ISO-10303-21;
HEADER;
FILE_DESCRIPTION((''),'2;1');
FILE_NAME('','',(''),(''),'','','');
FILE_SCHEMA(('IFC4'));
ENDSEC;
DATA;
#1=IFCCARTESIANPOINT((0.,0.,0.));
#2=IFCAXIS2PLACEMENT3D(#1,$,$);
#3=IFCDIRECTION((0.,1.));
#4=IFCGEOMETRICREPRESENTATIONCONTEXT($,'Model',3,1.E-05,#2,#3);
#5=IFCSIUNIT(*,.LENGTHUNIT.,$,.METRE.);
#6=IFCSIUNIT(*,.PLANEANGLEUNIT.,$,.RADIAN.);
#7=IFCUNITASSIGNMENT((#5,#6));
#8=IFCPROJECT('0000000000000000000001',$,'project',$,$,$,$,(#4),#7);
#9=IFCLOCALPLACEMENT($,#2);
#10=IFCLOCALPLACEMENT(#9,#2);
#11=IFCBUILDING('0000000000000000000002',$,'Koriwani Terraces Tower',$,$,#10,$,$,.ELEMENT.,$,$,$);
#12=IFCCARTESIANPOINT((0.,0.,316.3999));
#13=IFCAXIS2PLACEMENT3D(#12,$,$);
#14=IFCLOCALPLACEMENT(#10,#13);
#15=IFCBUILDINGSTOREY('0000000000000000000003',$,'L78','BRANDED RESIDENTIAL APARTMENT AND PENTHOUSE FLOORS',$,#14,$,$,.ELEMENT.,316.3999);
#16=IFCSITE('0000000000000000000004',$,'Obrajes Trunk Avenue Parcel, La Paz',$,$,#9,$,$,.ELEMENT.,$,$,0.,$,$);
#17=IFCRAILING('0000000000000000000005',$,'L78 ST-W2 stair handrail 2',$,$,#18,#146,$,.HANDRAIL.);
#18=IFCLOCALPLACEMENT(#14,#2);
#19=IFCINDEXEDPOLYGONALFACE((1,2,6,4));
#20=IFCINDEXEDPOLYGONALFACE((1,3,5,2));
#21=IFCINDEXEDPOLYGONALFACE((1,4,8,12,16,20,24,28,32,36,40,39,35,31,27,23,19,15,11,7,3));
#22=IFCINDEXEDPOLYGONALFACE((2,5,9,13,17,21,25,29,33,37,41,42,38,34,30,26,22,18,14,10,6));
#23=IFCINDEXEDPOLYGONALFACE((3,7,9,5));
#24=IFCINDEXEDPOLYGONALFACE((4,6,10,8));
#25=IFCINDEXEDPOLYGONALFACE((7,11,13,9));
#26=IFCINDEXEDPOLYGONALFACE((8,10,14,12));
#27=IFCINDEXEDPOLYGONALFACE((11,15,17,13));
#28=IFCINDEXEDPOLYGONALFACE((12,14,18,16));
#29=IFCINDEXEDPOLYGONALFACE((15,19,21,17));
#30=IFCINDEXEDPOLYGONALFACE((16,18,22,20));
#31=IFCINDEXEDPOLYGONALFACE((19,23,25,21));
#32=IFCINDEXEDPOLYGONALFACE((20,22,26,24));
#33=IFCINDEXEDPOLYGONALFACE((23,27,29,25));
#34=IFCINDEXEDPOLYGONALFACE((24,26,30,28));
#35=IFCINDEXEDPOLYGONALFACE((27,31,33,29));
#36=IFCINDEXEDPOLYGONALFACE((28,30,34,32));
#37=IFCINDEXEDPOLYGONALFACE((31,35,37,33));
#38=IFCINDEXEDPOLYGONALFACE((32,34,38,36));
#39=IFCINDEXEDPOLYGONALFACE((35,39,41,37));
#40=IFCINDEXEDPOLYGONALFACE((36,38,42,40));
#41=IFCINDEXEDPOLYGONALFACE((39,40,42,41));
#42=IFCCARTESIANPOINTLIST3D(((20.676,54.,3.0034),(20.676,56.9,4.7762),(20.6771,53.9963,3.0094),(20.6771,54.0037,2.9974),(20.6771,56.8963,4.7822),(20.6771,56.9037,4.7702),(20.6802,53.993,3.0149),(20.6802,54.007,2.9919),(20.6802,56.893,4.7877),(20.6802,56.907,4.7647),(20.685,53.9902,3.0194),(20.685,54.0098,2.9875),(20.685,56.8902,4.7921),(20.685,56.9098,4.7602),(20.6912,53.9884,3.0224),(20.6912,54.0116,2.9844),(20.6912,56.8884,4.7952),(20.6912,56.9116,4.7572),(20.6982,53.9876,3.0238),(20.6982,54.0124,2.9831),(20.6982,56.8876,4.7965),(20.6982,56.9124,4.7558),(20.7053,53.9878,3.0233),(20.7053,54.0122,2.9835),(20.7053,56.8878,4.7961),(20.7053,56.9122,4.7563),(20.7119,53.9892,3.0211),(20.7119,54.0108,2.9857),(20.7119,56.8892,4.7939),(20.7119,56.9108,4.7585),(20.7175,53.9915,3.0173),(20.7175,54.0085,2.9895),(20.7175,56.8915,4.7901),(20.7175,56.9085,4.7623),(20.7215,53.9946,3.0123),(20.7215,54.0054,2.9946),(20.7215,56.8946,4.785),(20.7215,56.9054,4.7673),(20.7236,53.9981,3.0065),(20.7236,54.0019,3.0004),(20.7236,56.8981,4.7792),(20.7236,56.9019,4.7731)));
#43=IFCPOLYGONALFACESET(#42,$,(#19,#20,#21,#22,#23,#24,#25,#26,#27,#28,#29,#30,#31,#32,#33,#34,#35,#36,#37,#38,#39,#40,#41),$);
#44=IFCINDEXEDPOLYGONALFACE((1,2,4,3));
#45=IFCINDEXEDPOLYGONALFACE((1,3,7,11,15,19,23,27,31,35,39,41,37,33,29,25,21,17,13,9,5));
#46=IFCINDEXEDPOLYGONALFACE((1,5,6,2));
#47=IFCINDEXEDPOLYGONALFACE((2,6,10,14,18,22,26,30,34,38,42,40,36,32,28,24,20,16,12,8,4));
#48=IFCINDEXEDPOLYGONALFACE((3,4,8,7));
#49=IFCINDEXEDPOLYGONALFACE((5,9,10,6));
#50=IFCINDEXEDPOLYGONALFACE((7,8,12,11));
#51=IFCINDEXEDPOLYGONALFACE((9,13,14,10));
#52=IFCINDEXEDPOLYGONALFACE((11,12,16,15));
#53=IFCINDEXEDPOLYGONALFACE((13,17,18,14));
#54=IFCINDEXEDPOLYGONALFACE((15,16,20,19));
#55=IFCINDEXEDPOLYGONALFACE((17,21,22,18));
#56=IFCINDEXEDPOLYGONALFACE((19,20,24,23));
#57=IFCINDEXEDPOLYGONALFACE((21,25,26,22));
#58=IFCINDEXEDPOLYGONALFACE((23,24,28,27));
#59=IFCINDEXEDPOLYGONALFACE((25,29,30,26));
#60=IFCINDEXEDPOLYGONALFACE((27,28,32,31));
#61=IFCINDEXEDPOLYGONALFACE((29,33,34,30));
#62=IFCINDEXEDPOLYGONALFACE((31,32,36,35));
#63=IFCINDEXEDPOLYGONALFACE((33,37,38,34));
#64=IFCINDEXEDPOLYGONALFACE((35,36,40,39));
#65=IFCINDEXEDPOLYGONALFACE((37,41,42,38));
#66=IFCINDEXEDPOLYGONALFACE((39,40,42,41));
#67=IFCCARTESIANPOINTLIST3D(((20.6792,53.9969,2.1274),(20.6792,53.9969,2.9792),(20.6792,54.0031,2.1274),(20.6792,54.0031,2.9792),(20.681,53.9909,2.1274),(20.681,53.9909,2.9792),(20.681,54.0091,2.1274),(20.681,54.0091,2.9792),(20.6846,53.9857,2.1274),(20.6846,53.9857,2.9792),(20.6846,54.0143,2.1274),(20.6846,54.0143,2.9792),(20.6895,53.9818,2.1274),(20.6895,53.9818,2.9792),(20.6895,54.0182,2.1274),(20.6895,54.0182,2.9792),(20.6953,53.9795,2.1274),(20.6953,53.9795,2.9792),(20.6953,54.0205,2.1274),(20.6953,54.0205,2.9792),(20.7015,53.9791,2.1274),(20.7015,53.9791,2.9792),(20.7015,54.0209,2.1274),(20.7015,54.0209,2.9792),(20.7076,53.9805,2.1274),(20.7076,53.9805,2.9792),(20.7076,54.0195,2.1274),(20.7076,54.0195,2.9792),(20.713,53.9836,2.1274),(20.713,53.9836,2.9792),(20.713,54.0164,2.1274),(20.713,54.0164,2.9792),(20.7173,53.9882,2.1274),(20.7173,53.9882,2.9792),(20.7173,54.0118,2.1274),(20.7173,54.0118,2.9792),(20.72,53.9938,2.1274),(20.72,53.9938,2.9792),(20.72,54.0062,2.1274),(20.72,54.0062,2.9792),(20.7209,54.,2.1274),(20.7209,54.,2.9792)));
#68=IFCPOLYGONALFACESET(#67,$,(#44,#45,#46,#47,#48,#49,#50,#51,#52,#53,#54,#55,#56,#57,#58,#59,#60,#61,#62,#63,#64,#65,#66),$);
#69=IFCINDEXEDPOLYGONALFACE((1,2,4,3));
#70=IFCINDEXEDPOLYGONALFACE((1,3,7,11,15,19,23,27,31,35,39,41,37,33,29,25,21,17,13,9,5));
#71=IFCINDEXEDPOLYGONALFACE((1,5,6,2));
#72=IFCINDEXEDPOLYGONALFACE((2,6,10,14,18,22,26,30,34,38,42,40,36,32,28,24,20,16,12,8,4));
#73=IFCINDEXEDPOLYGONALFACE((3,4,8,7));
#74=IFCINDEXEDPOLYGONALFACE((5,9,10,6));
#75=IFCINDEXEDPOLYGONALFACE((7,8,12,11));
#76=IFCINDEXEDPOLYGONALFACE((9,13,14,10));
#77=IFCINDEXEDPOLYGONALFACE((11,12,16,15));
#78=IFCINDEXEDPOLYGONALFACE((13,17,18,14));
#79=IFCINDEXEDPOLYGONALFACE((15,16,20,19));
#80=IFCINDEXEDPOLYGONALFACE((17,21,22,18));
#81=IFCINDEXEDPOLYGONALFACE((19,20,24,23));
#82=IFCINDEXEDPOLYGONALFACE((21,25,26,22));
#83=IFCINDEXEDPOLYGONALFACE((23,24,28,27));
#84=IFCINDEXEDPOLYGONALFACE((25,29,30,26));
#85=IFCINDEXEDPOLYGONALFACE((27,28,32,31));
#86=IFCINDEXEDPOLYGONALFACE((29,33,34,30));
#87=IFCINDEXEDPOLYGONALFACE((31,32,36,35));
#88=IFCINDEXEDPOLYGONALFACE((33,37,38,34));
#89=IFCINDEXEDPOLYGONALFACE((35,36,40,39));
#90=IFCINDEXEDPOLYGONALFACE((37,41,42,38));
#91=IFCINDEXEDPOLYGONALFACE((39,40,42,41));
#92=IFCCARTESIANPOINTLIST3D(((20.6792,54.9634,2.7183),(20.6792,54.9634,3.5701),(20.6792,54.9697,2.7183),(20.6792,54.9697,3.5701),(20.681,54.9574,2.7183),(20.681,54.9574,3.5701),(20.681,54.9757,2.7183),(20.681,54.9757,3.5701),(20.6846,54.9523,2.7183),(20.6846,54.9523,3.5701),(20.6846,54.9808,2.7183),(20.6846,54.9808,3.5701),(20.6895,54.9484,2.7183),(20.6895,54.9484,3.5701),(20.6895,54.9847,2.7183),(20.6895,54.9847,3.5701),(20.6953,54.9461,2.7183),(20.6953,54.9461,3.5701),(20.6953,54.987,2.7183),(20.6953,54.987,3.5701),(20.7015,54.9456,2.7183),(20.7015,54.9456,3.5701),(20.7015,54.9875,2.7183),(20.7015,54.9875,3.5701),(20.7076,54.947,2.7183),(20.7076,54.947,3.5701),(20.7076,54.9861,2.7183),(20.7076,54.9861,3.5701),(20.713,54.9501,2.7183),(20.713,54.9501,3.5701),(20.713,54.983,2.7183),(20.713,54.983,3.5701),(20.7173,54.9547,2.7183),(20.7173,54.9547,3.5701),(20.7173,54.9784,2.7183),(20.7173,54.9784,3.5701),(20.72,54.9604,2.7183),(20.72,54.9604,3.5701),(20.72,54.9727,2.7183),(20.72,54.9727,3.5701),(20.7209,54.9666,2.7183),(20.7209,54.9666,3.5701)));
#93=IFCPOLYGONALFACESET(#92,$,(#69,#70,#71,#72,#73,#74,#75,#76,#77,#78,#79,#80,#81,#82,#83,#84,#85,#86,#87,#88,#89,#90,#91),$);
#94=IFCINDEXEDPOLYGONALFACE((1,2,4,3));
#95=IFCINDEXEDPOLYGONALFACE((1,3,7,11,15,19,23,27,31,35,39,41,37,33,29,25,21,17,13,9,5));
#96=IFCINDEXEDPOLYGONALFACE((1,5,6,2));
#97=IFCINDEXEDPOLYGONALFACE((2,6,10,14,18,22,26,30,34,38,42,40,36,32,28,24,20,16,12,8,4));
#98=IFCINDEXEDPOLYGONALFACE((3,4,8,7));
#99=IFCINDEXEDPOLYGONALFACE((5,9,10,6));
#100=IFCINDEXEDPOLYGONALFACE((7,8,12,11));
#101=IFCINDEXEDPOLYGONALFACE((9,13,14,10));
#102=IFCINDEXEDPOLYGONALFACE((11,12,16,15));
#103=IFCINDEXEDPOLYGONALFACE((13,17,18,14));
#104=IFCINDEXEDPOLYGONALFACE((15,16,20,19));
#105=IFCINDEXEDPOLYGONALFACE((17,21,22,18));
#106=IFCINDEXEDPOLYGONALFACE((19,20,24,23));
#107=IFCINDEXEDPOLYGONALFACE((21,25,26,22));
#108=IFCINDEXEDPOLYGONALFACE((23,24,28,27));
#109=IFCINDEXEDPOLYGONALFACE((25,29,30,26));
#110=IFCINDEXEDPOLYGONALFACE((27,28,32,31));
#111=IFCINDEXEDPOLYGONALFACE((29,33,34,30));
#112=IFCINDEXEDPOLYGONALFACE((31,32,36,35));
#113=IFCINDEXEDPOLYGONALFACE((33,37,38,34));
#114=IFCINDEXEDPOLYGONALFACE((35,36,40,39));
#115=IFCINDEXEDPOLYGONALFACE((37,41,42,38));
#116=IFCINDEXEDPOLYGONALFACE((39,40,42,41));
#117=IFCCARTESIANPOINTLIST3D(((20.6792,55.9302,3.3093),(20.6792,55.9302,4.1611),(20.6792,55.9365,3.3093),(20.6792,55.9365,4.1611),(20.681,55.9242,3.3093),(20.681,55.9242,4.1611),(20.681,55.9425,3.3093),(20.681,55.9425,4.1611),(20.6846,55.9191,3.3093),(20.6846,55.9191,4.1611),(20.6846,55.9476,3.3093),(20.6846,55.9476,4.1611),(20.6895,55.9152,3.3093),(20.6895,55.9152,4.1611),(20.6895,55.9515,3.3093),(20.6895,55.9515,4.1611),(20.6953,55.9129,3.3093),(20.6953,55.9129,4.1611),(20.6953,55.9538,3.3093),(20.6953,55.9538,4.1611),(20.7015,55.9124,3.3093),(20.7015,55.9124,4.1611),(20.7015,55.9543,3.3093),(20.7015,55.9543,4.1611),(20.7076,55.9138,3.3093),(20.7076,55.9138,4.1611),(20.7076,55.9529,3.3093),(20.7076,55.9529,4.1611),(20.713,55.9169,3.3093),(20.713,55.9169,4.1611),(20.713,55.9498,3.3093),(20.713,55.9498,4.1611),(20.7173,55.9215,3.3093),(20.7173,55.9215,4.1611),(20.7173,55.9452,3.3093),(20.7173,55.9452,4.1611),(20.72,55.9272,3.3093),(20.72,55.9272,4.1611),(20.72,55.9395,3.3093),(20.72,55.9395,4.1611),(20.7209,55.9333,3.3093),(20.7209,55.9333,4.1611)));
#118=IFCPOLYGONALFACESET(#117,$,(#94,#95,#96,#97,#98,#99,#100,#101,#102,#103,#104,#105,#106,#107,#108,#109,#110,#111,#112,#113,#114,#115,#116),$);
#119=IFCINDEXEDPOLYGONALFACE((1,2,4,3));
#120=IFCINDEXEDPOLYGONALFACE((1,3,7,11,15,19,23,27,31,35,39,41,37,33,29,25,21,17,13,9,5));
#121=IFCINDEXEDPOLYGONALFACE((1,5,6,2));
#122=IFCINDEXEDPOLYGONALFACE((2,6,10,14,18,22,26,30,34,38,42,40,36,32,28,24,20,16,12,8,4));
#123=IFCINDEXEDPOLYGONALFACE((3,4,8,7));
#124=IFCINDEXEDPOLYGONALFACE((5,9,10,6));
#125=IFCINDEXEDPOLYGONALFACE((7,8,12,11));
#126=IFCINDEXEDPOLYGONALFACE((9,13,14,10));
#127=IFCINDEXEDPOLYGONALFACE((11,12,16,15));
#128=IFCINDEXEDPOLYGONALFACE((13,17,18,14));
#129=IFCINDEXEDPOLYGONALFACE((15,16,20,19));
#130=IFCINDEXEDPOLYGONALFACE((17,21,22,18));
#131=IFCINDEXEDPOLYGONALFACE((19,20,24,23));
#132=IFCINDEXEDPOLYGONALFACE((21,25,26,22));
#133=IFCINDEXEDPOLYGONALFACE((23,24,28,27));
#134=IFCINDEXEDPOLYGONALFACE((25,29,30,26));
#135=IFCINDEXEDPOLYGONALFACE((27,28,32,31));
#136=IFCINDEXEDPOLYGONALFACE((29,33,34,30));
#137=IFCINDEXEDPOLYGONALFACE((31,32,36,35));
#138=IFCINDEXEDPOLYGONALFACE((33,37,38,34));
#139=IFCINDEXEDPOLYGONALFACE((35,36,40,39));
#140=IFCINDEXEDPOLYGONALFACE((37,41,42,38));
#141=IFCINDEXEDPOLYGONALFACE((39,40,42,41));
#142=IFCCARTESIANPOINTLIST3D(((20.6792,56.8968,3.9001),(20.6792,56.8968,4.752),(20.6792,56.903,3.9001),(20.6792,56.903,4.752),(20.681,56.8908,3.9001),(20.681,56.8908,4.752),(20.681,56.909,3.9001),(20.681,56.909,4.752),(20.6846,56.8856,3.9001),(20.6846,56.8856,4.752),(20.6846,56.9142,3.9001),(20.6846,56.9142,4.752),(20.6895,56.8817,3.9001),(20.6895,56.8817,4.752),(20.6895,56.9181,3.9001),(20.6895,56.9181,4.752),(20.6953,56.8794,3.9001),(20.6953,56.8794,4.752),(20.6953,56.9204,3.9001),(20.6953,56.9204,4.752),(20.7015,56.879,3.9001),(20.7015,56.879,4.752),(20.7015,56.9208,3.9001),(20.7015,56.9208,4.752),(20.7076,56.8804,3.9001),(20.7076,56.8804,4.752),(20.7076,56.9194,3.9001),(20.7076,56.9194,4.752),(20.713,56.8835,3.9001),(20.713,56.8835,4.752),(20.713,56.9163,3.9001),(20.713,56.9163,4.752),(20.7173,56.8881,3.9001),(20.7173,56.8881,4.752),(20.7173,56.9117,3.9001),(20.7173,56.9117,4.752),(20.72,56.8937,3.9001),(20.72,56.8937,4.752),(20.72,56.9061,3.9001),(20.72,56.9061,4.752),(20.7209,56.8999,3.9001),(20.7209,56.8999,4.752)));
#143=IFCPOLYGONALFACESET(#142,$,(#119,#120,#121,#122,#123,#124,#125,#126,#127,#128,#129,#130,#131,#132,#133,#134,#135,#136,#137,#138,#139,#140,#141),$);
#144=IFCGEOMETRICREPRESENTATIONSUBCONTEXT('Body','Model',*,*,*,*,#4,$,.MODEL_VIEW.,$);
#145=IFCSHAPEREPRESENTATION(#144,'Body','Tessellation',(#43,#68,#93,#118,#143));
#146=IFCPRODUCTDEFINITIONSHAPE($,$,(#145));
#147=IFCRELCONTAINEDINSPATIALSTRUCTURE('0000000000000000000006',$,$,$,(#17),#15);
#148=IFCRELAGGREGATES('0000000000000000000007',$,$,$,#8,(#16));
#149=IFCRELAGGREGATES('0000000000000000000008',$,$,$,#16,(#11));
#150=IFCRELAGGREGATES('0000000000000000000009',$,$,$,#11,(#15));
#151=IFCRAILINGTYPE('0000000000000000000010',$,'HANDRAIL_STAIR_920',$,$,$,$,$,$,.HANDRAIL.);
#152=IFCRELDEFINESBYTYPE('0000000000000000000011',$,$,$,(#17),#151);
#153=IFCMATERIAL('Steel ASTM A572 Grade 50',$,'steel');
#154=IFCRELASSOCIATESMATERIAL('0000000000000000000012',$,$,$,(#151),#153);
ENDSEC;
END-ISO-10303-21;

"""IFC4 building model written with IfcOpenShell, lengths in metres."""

from ifc_helpers import new_model, si_unit, direction, frame, origin, origin_2d, place, context, subcontext, project, spatial, circle, extrude, material, type_object, element, save


model = new_model("IFC4")

# Units and contexts
model_context = context("Model", 3, precision=1e-05, world=origin(), true_north=direction((0.0, 1.0)))
body_context = subcontext(model_context, "Body", "Model", "MODEL_VIEW")
ifc_project = project(units=[si_unit("LENGTHUNIT", "METRE"), si_unit("PLANEANGLEUNIT", "RADIAN")], contexts=[model_context])

# Site, building, storey
site_placement = place(None, origin())
site = spatial("IfcSite", under=ifc_project, at=site_placement, Name="Obrajes Trunk Avenue Parcel, La Paz", CompositionType="ELEMENT", RefElevation=0.0)
building_placement = place(site_placement, origin())
building = spatial("IfcBuilding", under=site, at=building_placement, Name="Koriwani Terraces Tower", CompositionType="ELEMENT")
storey_placement = place(building_placement, frame((0.0, 0.0, 316.3999)))
storey = spatial("IfcBuildingStorey", under=building, at=storey_placement, Name="L78", Description="BRANDED RESIDENTIAL APARTMENT AND PENTHOUSE FLOORS", CompositionType="ELEMENT", Elevation=316.3999)

# Shared definitions
ifc_material_1 = material(Name="Steel ASTM A572 Grade 50", Category="steel")

# Railing
railing_type = type_object("IfcRailingType", Name="HANDRAIL_STAIR_920", PredefinedType="HANDRAIL", material=ifc_material_1)
railing_placement = place(storey_placement, frame((20.7, 54.0, 2.1274)))
element("IfcRailing", 1, at=railing_placement, inside=storey, type_object=railing_type, Name="L78 ST-W2 stair handrail 2", PredefinedType="HANDRAIL", context=body_context, shape_type="SweptSolid", body=[
    extrude(circle(Radius=0.0239, at=origin_2d()), frame((0.0, 0.0, 0.876), z_axis=(0.0, 0.853211, 0.521566), x_axis=(-1.0, 0.0, 0.0)), (0.0, 0.0, 1.0), 3.3989),
    extrude(circle(Radius=0.021, at=origin_2d()), origin(), (0.0, 0.0, 1.0), 0.8518),
    extrude(circle(Radius=0.021, at=origin_2d()), frame((0.0, 0.9666, 0.5908)), (0.0, 0.0, 1.0), 0.8518),
    extrude(circle(Radius=0.021, at=origin_2d()), frame((0.0, 1.9333, 1.1819)), (0.0, 0.0, 1.0), 0.8518),
    extrude(circle(Radius=0.021, at=origin_2d()), frame((0.0, 2.8999, 1.7727)), (0.0, 0.0, 1.0), 0.8518),
])

save(model, "model.ifc")
